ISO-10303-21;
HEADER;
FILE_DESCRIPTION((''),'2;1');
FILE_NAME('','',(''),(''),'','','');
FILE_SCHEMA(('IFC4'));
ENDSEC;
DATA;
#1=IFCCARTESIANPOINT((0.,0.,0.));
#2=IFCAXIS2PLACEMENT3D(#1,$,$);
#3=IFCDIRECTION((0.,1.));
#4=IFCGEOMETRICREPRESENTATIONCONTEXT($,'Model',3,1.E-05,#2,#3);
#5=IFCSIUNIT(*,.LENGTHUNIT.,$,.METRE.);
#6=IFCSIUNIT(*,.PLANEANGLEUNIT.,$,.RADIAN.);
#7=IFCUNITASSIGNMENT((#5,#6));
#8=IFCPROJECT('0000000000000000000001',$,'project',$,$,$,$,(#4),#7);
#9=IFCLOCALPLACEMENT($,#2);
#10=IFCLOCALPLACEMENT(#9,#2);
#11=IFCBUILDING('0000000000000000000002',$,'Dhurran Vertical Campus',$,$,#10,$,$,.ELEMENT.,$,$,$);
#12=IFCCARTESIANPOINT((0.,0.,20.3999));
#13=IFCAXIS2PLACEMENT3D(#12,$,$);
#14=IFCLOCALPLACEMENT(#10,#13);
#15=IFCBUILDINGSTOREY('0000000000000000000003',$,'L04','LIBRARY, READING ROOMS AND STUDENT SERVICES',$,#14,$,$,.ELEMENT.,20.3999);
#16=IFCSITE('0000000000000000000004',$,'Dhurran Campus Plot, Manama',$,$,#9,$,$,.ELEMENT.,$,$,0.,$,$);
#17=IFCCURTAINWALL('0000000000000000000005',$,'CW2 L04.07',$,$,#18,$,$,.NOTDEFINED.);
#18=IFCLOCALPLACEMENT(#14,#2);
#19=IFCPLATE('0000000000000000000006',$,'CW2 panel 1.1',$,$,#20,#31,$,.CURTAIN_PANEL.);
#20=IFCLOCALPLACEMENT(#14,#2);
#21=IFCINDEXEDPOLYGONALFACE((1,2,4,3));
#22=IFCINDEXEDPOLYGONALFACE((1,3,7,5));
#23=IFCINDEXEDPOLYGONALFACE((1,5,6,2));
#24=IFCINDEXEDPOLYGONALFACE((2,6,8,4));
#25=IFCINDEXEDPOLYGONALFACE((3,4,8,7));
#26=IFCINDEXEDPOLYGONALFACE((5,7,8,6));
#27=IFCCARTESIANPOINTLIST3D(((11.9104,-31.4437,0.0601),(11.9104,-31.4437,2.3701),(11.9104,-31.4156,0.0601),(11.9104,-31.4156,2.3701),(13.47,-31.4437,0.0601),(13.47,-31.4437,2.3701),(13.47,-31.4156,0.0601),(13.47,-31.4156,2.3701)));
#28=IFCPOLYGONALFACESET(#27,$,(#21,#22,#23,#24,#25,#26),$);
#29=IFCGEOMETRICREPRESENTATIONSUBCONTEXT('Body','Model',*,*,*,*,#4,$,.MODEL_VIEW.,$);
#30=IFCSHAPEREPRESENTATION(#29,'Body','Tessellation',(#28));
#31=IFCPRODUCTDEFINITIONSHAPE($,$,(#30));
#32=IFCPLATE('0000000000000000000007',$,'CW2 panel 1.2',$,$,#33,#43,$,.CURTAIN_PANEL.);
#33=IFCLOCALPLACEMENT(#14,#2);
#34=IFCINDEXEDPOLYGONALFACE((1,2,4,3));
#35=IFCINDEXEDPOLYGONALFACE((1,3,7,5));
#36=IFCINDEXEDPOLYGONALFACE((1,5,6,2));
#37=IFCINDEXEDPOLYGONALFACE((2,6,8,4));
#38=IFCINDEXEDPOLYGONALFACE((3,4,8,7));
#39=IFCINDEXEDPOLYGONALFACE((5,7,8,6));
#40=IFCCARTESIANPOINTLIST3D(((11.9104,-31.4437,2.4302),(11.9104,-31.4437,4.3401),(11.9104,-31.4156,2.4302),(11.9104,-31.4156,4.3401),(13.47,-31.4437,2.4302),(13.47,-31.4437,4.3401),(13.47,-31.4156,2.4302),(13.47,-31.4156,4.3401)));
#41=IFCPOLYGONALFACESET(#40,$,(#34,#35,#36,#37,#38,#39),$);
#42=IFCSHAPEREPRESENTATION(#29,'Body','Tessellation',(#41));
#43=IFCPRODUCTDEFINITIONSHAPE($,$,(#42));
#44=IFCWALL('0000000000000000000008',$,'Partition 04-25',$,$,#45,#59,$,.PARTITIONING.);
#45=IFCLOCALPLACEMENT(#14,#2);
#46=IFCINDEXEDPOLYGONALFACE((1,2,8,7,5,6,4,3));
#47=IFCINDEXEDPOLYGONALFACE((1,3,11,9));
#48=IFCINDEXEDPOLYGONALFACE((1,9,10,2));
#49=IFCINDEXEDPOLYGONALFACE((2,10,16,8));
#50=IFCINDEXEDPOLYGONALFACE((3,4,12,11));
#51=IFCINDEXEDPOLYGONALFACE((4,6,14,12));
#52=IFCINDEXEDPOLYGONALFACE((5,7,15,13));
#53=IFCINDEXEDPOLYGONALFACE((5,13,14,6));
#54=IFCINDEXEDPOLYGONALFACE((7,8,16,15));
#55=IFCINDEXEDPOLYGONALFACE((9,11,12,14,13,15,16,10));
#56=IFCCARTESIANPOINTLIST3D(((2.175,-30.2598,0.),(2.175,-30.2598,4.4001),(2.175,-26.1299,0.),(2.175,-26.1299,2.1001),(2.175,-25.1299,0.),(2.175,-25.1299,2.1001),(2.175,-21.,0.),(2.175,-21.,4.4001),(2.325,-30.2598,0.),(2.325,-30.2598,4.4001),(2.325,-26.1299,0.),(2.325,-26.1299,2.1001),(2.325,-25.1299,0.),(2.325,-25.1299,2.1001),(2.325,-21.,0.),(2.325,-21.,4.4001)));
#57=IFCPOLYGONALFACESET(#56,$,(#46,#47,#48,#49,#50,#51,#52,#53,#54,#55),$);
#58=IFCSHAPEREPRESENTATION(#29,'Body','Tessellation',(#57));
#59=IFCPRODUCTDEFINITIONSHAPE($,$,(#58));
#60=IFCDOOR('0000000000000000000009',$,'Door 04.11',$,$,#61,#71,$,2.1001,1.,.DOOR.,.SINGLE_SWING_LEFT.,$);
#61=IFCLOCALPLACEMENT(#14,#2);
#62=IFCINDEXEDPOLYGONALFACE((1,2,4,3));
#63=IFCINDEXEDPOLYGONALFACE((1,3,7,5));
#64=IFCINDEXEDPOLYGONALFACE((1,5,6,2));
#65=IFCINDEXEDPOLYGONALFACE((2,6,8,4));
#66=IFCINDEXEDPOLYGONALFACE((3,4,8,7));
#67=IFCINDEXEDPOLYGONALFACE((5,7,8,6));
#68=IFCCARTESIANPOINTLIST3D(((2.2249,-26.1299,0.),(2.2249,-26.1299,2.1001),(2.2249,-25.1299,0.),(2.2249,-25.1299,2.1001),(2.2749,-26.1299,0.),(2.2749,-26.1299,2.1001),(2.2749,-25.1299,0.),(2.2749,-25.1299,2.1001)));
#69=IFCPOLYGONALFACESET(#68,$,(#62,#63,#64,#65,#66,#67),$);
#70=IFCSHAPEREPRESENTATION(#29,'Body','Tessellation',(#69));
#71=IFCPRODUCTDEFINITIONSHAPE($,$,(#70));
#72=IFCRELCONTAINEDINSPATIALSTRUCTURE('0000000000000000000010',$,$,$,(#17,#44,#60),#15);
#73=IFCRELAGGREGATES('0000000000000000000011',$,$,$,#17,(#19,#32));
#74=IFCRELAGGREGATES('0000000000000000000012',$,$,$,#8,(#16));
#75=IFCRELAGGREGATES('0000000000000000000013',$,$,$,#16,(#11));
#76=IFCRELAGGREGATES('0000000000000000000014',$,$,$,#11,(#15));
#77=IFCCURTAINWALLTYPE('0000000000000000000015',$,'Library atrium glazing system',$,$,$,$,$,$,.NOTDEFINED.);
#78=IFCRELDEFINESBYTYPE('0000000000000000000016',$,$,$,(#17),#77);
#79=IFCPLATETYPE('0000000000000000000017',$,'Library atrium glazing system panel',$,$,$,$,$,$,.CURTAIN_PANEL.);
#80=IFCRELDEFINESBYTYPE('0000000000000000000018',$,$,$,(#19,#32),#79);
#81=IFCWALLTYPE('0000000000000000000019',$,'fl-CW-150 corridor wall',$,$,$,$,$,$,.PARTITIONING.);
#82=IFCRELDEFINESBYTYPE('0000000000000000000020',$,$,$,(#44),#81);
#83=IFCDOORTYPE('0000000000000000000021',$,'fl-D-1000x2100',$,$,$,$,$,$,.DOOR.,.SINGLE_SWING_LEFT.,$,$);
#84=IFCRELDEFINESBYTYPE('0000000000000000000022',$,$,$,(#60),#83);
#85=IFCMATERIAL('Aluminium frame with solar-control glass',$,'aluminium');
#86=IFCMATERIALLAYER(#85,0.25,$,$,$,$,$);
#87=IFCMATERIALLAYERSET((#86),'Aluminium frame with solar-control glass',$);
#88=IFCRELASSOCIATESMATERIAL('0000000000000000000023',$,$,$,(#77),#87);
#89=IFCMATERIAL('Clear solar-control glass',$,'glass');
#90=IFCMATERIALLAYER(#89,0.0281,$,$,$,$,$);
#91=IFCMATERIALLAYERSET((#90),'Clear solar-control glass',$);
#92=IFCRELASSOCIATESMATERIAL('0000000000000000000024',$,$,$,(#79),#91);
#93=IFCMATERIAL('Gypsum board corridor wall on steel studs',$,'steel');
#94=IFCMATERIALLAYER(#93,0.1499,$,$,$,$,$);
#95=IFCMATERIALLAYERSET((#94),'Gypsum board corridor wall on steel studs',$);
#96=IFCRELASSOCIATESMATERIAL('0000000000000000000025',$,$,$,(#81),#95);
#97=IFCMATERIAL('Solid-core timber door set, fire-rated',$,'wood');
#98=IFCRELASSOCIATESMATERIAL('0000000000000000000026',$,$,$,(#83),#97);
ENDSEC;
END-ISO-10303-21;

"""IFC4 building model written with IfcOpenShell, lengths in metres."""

from ifc_helpers import new_model, si_unit, direction, frame, frame_2d, origin, origin_2d, place, context, subcontext, project, spatial, rectangle, extrude, material, layer, layer_set, type_object, element, fill, aggregate, save


model = new_model("IFC4")

# Units and contexts
model_context = context("Model", 3, precision=1e-05, world=origin(), true_north=direction((0.0, 1.0)))
body_context = subcontext(model_context, "Body", "Model", "MODEL_VIEW")
ifc_project = project(units=[si_unit("LENGTHUNIT", "METRE"), si_unit("PLANEANGLEUNIT", "RADIAN")], contexts=[model_context])

# Site, building, storey
site_placement = place(None, origin())
site = spatial("IfcSite", under=ifc_project, at=site_placement, Name="Dhurran Campus Plot, Manama", CompositionType="ELEMENT", RefElevation=0.0)
building_placement = place(site_placement, origin())
building = spatial("IfcBuilding", under=site, at=building_placement, Name="Dhurran Vertical Campus", CompositionType="ELEMENT")
storey_placement = place(building_placement, frame((0.0, 0.0, 20.3999)))
storey = spatial("IfcBuildingStorey", under=building, at=storey_placement, Name="L04", Description="LIBRARY, READING ROOMS AND STUDENT SERVICES", CompositionType="ELEMENT", Elevation=20.3999)

# Shared definitions
ifc_material_1 = material(Name="Aluminium frame with solar-control glass", Category="aluminium")
ifc_layer_1 = layer(ifc_material_1, 0.25)
ifc_layer_set_1 = layer_set([ifc_layer_1], Name="Aluminium frame with solar-control glass")
curtain_wall_type = type_object("IfcCurtainWallType", Name="Library atrium glazing system", PredefinedType="NOTDEFINED", material=ifc_layer_set_1)

# Curtain wall
curtain_wall_1_placement = place(storey_placement, origin())
curtain_wall_1 = element("IfcCurtainWall", 1, at=curtain_wall_1_placement, inside=storey, type_object=curtain_wall_type, Name="CW2 L04.07", PredefinedType="NOTDEFINED")

# Plates
ifc_material_2 = material(Name="Clear solar-control glass", Category="glass")
ifc_layer_2 = layer(ifc_material_2, 0.0281)
ifc_layer_set_2 = layer_set([ifc_layer_2], Name="Clear solar-control glass")
plate_type = type_object("IfcPlateType", Name="Library atrium glazing system panel", PredefinedType="CURTAIN_PANEL", material=ifc_layer_set_2)
plate_1_placement = place(storey_placement, frame((12.6902, -31.4297, 0.0601), z_axis=(0.0, 0.0, 1.0), x_axis=(1.0, 0.0, 0.0)))
plate_1 = element("IfcPlate", 2, at=plate_1_placement, type_object=plate_type, Name="CW2 panel 1.1", PredefinedType="CURTAIN_PANEL", context=body_context, shape_type="SweptSolid", body=[
    extrude(rectangle(XDim=1.5596, YDim=0.0281, at=origin_2d()), origin(), (0.0, 0.0, 1.0), 2.3101),
])
plate_2_placement = place(storey_placement, frame((12.6902, -31.4297, 2.4302), z_axis=(0.0, 0.0, 1.0), x_axis=(1.0, 0.0, 0.0)))
plate_2 = element("IfcPlate", 3, at=plate_2_placement, type_object=plate_type, Name="CW2 panel 1.2", PredefinedType="CURTAIN_PANEL", context=body_context, shape_type="SweptSolid", body=[
    extrude(rectangle(XDim=1.5596, YDim=0.0281, at=origin_2d()), origin(), (0.0, 0.0, 1.0), 1.9099),
])
aggregate(curtain_wall_1, [plate_1, plate_2])

# Wall, opening, door
ifc_material_3 = material(Name="Gypsum board corridor wall on steel studs", Category="steel")
ifc_layer_3 = layer(ifc_material_3, 0.1499)
ifc_layer_set_3 = layer_set([ifc_layer_3], Name="Gypsum board corridor wall on steel studs")
wall_type = type_object("IfcWallType", Name="fl-CW-150 corridor wall", PredefinedType="PARTITIONING", material=ifc_layer_set_3)
wall_placement = place(storey_placement, frame((2.25, -21.0, 0.0), z_axis=(0.0, 0.0, 1.0), x_axis=(0.0, -1.0, 0.0)))
wall = element("IfcWall", 4, at=wall_placement, inside=storey, type_object=wall_type, Name="Partition 04-25", PredefinedType="PARTITIONING", context=body_context, shape_type="SweptSolid", body=[
    extrude(rectangle(XDim=9.2598, YDim=0.1499, at=frame_2d((4.6299, 0.0))), origin(), (0.0, 0.0, 1.0), 4.4001),
])
opening_placement = place(wall_placement, frame((4.1299, 0.0, 0.0)))
opening = element("IfcOpeningElement", 5, at=opening_placement, cuts=wall, PredefinedType="OPENING", context=body_context, shape_type="SweptSolid", body=[
    extrude(rectangle(XDim=1.0, YDim=2.1001, at=frame_2d((0.5, 1.05))), frame((0.0, 0.085, 0.0), z_axis=(0.0, -1.0, 0.0), x_axis=(1.0, 0.0, 0.0)), (0.0, 0.0, 1.0), 0.1699),
])
ifc_material_4 = material(Name="Solid-core timber door set, fire-rated", Category="wood")
door_type = type_object("IfcDoorType", Name="fl-D-1000x2100", OperationType="SINGLE_SWING_LEFT", PredefinedType="DOOR", material=ifc_material_4)
door_placement = place(opening_placement, origin())
door = element("IfcDoor", 6, at=door_placement, inside=storey, type_object=door_type, Name="Door 04.11", OperationType="SINGLE_SWING_LEFT", OverallHeight=2.1001, OverallWidth=1.0, PredefinedType="DOOR", context=body_context, shape_type="SweptSolid", body=[
    extrude(rectangle(XDim=1.0, YDim=2.1001, at=frame_2d((0.5, 1.05))), frame((0.0, 0.0249, 0.0), z_axis=(0.0, -1.0, 0.0), x_axis=(1.0, 0.0, 0.0)), (0.0, 0.0, 1.0), 0.05),
])
fill(opening, door)

save(model, "model.ifc")
